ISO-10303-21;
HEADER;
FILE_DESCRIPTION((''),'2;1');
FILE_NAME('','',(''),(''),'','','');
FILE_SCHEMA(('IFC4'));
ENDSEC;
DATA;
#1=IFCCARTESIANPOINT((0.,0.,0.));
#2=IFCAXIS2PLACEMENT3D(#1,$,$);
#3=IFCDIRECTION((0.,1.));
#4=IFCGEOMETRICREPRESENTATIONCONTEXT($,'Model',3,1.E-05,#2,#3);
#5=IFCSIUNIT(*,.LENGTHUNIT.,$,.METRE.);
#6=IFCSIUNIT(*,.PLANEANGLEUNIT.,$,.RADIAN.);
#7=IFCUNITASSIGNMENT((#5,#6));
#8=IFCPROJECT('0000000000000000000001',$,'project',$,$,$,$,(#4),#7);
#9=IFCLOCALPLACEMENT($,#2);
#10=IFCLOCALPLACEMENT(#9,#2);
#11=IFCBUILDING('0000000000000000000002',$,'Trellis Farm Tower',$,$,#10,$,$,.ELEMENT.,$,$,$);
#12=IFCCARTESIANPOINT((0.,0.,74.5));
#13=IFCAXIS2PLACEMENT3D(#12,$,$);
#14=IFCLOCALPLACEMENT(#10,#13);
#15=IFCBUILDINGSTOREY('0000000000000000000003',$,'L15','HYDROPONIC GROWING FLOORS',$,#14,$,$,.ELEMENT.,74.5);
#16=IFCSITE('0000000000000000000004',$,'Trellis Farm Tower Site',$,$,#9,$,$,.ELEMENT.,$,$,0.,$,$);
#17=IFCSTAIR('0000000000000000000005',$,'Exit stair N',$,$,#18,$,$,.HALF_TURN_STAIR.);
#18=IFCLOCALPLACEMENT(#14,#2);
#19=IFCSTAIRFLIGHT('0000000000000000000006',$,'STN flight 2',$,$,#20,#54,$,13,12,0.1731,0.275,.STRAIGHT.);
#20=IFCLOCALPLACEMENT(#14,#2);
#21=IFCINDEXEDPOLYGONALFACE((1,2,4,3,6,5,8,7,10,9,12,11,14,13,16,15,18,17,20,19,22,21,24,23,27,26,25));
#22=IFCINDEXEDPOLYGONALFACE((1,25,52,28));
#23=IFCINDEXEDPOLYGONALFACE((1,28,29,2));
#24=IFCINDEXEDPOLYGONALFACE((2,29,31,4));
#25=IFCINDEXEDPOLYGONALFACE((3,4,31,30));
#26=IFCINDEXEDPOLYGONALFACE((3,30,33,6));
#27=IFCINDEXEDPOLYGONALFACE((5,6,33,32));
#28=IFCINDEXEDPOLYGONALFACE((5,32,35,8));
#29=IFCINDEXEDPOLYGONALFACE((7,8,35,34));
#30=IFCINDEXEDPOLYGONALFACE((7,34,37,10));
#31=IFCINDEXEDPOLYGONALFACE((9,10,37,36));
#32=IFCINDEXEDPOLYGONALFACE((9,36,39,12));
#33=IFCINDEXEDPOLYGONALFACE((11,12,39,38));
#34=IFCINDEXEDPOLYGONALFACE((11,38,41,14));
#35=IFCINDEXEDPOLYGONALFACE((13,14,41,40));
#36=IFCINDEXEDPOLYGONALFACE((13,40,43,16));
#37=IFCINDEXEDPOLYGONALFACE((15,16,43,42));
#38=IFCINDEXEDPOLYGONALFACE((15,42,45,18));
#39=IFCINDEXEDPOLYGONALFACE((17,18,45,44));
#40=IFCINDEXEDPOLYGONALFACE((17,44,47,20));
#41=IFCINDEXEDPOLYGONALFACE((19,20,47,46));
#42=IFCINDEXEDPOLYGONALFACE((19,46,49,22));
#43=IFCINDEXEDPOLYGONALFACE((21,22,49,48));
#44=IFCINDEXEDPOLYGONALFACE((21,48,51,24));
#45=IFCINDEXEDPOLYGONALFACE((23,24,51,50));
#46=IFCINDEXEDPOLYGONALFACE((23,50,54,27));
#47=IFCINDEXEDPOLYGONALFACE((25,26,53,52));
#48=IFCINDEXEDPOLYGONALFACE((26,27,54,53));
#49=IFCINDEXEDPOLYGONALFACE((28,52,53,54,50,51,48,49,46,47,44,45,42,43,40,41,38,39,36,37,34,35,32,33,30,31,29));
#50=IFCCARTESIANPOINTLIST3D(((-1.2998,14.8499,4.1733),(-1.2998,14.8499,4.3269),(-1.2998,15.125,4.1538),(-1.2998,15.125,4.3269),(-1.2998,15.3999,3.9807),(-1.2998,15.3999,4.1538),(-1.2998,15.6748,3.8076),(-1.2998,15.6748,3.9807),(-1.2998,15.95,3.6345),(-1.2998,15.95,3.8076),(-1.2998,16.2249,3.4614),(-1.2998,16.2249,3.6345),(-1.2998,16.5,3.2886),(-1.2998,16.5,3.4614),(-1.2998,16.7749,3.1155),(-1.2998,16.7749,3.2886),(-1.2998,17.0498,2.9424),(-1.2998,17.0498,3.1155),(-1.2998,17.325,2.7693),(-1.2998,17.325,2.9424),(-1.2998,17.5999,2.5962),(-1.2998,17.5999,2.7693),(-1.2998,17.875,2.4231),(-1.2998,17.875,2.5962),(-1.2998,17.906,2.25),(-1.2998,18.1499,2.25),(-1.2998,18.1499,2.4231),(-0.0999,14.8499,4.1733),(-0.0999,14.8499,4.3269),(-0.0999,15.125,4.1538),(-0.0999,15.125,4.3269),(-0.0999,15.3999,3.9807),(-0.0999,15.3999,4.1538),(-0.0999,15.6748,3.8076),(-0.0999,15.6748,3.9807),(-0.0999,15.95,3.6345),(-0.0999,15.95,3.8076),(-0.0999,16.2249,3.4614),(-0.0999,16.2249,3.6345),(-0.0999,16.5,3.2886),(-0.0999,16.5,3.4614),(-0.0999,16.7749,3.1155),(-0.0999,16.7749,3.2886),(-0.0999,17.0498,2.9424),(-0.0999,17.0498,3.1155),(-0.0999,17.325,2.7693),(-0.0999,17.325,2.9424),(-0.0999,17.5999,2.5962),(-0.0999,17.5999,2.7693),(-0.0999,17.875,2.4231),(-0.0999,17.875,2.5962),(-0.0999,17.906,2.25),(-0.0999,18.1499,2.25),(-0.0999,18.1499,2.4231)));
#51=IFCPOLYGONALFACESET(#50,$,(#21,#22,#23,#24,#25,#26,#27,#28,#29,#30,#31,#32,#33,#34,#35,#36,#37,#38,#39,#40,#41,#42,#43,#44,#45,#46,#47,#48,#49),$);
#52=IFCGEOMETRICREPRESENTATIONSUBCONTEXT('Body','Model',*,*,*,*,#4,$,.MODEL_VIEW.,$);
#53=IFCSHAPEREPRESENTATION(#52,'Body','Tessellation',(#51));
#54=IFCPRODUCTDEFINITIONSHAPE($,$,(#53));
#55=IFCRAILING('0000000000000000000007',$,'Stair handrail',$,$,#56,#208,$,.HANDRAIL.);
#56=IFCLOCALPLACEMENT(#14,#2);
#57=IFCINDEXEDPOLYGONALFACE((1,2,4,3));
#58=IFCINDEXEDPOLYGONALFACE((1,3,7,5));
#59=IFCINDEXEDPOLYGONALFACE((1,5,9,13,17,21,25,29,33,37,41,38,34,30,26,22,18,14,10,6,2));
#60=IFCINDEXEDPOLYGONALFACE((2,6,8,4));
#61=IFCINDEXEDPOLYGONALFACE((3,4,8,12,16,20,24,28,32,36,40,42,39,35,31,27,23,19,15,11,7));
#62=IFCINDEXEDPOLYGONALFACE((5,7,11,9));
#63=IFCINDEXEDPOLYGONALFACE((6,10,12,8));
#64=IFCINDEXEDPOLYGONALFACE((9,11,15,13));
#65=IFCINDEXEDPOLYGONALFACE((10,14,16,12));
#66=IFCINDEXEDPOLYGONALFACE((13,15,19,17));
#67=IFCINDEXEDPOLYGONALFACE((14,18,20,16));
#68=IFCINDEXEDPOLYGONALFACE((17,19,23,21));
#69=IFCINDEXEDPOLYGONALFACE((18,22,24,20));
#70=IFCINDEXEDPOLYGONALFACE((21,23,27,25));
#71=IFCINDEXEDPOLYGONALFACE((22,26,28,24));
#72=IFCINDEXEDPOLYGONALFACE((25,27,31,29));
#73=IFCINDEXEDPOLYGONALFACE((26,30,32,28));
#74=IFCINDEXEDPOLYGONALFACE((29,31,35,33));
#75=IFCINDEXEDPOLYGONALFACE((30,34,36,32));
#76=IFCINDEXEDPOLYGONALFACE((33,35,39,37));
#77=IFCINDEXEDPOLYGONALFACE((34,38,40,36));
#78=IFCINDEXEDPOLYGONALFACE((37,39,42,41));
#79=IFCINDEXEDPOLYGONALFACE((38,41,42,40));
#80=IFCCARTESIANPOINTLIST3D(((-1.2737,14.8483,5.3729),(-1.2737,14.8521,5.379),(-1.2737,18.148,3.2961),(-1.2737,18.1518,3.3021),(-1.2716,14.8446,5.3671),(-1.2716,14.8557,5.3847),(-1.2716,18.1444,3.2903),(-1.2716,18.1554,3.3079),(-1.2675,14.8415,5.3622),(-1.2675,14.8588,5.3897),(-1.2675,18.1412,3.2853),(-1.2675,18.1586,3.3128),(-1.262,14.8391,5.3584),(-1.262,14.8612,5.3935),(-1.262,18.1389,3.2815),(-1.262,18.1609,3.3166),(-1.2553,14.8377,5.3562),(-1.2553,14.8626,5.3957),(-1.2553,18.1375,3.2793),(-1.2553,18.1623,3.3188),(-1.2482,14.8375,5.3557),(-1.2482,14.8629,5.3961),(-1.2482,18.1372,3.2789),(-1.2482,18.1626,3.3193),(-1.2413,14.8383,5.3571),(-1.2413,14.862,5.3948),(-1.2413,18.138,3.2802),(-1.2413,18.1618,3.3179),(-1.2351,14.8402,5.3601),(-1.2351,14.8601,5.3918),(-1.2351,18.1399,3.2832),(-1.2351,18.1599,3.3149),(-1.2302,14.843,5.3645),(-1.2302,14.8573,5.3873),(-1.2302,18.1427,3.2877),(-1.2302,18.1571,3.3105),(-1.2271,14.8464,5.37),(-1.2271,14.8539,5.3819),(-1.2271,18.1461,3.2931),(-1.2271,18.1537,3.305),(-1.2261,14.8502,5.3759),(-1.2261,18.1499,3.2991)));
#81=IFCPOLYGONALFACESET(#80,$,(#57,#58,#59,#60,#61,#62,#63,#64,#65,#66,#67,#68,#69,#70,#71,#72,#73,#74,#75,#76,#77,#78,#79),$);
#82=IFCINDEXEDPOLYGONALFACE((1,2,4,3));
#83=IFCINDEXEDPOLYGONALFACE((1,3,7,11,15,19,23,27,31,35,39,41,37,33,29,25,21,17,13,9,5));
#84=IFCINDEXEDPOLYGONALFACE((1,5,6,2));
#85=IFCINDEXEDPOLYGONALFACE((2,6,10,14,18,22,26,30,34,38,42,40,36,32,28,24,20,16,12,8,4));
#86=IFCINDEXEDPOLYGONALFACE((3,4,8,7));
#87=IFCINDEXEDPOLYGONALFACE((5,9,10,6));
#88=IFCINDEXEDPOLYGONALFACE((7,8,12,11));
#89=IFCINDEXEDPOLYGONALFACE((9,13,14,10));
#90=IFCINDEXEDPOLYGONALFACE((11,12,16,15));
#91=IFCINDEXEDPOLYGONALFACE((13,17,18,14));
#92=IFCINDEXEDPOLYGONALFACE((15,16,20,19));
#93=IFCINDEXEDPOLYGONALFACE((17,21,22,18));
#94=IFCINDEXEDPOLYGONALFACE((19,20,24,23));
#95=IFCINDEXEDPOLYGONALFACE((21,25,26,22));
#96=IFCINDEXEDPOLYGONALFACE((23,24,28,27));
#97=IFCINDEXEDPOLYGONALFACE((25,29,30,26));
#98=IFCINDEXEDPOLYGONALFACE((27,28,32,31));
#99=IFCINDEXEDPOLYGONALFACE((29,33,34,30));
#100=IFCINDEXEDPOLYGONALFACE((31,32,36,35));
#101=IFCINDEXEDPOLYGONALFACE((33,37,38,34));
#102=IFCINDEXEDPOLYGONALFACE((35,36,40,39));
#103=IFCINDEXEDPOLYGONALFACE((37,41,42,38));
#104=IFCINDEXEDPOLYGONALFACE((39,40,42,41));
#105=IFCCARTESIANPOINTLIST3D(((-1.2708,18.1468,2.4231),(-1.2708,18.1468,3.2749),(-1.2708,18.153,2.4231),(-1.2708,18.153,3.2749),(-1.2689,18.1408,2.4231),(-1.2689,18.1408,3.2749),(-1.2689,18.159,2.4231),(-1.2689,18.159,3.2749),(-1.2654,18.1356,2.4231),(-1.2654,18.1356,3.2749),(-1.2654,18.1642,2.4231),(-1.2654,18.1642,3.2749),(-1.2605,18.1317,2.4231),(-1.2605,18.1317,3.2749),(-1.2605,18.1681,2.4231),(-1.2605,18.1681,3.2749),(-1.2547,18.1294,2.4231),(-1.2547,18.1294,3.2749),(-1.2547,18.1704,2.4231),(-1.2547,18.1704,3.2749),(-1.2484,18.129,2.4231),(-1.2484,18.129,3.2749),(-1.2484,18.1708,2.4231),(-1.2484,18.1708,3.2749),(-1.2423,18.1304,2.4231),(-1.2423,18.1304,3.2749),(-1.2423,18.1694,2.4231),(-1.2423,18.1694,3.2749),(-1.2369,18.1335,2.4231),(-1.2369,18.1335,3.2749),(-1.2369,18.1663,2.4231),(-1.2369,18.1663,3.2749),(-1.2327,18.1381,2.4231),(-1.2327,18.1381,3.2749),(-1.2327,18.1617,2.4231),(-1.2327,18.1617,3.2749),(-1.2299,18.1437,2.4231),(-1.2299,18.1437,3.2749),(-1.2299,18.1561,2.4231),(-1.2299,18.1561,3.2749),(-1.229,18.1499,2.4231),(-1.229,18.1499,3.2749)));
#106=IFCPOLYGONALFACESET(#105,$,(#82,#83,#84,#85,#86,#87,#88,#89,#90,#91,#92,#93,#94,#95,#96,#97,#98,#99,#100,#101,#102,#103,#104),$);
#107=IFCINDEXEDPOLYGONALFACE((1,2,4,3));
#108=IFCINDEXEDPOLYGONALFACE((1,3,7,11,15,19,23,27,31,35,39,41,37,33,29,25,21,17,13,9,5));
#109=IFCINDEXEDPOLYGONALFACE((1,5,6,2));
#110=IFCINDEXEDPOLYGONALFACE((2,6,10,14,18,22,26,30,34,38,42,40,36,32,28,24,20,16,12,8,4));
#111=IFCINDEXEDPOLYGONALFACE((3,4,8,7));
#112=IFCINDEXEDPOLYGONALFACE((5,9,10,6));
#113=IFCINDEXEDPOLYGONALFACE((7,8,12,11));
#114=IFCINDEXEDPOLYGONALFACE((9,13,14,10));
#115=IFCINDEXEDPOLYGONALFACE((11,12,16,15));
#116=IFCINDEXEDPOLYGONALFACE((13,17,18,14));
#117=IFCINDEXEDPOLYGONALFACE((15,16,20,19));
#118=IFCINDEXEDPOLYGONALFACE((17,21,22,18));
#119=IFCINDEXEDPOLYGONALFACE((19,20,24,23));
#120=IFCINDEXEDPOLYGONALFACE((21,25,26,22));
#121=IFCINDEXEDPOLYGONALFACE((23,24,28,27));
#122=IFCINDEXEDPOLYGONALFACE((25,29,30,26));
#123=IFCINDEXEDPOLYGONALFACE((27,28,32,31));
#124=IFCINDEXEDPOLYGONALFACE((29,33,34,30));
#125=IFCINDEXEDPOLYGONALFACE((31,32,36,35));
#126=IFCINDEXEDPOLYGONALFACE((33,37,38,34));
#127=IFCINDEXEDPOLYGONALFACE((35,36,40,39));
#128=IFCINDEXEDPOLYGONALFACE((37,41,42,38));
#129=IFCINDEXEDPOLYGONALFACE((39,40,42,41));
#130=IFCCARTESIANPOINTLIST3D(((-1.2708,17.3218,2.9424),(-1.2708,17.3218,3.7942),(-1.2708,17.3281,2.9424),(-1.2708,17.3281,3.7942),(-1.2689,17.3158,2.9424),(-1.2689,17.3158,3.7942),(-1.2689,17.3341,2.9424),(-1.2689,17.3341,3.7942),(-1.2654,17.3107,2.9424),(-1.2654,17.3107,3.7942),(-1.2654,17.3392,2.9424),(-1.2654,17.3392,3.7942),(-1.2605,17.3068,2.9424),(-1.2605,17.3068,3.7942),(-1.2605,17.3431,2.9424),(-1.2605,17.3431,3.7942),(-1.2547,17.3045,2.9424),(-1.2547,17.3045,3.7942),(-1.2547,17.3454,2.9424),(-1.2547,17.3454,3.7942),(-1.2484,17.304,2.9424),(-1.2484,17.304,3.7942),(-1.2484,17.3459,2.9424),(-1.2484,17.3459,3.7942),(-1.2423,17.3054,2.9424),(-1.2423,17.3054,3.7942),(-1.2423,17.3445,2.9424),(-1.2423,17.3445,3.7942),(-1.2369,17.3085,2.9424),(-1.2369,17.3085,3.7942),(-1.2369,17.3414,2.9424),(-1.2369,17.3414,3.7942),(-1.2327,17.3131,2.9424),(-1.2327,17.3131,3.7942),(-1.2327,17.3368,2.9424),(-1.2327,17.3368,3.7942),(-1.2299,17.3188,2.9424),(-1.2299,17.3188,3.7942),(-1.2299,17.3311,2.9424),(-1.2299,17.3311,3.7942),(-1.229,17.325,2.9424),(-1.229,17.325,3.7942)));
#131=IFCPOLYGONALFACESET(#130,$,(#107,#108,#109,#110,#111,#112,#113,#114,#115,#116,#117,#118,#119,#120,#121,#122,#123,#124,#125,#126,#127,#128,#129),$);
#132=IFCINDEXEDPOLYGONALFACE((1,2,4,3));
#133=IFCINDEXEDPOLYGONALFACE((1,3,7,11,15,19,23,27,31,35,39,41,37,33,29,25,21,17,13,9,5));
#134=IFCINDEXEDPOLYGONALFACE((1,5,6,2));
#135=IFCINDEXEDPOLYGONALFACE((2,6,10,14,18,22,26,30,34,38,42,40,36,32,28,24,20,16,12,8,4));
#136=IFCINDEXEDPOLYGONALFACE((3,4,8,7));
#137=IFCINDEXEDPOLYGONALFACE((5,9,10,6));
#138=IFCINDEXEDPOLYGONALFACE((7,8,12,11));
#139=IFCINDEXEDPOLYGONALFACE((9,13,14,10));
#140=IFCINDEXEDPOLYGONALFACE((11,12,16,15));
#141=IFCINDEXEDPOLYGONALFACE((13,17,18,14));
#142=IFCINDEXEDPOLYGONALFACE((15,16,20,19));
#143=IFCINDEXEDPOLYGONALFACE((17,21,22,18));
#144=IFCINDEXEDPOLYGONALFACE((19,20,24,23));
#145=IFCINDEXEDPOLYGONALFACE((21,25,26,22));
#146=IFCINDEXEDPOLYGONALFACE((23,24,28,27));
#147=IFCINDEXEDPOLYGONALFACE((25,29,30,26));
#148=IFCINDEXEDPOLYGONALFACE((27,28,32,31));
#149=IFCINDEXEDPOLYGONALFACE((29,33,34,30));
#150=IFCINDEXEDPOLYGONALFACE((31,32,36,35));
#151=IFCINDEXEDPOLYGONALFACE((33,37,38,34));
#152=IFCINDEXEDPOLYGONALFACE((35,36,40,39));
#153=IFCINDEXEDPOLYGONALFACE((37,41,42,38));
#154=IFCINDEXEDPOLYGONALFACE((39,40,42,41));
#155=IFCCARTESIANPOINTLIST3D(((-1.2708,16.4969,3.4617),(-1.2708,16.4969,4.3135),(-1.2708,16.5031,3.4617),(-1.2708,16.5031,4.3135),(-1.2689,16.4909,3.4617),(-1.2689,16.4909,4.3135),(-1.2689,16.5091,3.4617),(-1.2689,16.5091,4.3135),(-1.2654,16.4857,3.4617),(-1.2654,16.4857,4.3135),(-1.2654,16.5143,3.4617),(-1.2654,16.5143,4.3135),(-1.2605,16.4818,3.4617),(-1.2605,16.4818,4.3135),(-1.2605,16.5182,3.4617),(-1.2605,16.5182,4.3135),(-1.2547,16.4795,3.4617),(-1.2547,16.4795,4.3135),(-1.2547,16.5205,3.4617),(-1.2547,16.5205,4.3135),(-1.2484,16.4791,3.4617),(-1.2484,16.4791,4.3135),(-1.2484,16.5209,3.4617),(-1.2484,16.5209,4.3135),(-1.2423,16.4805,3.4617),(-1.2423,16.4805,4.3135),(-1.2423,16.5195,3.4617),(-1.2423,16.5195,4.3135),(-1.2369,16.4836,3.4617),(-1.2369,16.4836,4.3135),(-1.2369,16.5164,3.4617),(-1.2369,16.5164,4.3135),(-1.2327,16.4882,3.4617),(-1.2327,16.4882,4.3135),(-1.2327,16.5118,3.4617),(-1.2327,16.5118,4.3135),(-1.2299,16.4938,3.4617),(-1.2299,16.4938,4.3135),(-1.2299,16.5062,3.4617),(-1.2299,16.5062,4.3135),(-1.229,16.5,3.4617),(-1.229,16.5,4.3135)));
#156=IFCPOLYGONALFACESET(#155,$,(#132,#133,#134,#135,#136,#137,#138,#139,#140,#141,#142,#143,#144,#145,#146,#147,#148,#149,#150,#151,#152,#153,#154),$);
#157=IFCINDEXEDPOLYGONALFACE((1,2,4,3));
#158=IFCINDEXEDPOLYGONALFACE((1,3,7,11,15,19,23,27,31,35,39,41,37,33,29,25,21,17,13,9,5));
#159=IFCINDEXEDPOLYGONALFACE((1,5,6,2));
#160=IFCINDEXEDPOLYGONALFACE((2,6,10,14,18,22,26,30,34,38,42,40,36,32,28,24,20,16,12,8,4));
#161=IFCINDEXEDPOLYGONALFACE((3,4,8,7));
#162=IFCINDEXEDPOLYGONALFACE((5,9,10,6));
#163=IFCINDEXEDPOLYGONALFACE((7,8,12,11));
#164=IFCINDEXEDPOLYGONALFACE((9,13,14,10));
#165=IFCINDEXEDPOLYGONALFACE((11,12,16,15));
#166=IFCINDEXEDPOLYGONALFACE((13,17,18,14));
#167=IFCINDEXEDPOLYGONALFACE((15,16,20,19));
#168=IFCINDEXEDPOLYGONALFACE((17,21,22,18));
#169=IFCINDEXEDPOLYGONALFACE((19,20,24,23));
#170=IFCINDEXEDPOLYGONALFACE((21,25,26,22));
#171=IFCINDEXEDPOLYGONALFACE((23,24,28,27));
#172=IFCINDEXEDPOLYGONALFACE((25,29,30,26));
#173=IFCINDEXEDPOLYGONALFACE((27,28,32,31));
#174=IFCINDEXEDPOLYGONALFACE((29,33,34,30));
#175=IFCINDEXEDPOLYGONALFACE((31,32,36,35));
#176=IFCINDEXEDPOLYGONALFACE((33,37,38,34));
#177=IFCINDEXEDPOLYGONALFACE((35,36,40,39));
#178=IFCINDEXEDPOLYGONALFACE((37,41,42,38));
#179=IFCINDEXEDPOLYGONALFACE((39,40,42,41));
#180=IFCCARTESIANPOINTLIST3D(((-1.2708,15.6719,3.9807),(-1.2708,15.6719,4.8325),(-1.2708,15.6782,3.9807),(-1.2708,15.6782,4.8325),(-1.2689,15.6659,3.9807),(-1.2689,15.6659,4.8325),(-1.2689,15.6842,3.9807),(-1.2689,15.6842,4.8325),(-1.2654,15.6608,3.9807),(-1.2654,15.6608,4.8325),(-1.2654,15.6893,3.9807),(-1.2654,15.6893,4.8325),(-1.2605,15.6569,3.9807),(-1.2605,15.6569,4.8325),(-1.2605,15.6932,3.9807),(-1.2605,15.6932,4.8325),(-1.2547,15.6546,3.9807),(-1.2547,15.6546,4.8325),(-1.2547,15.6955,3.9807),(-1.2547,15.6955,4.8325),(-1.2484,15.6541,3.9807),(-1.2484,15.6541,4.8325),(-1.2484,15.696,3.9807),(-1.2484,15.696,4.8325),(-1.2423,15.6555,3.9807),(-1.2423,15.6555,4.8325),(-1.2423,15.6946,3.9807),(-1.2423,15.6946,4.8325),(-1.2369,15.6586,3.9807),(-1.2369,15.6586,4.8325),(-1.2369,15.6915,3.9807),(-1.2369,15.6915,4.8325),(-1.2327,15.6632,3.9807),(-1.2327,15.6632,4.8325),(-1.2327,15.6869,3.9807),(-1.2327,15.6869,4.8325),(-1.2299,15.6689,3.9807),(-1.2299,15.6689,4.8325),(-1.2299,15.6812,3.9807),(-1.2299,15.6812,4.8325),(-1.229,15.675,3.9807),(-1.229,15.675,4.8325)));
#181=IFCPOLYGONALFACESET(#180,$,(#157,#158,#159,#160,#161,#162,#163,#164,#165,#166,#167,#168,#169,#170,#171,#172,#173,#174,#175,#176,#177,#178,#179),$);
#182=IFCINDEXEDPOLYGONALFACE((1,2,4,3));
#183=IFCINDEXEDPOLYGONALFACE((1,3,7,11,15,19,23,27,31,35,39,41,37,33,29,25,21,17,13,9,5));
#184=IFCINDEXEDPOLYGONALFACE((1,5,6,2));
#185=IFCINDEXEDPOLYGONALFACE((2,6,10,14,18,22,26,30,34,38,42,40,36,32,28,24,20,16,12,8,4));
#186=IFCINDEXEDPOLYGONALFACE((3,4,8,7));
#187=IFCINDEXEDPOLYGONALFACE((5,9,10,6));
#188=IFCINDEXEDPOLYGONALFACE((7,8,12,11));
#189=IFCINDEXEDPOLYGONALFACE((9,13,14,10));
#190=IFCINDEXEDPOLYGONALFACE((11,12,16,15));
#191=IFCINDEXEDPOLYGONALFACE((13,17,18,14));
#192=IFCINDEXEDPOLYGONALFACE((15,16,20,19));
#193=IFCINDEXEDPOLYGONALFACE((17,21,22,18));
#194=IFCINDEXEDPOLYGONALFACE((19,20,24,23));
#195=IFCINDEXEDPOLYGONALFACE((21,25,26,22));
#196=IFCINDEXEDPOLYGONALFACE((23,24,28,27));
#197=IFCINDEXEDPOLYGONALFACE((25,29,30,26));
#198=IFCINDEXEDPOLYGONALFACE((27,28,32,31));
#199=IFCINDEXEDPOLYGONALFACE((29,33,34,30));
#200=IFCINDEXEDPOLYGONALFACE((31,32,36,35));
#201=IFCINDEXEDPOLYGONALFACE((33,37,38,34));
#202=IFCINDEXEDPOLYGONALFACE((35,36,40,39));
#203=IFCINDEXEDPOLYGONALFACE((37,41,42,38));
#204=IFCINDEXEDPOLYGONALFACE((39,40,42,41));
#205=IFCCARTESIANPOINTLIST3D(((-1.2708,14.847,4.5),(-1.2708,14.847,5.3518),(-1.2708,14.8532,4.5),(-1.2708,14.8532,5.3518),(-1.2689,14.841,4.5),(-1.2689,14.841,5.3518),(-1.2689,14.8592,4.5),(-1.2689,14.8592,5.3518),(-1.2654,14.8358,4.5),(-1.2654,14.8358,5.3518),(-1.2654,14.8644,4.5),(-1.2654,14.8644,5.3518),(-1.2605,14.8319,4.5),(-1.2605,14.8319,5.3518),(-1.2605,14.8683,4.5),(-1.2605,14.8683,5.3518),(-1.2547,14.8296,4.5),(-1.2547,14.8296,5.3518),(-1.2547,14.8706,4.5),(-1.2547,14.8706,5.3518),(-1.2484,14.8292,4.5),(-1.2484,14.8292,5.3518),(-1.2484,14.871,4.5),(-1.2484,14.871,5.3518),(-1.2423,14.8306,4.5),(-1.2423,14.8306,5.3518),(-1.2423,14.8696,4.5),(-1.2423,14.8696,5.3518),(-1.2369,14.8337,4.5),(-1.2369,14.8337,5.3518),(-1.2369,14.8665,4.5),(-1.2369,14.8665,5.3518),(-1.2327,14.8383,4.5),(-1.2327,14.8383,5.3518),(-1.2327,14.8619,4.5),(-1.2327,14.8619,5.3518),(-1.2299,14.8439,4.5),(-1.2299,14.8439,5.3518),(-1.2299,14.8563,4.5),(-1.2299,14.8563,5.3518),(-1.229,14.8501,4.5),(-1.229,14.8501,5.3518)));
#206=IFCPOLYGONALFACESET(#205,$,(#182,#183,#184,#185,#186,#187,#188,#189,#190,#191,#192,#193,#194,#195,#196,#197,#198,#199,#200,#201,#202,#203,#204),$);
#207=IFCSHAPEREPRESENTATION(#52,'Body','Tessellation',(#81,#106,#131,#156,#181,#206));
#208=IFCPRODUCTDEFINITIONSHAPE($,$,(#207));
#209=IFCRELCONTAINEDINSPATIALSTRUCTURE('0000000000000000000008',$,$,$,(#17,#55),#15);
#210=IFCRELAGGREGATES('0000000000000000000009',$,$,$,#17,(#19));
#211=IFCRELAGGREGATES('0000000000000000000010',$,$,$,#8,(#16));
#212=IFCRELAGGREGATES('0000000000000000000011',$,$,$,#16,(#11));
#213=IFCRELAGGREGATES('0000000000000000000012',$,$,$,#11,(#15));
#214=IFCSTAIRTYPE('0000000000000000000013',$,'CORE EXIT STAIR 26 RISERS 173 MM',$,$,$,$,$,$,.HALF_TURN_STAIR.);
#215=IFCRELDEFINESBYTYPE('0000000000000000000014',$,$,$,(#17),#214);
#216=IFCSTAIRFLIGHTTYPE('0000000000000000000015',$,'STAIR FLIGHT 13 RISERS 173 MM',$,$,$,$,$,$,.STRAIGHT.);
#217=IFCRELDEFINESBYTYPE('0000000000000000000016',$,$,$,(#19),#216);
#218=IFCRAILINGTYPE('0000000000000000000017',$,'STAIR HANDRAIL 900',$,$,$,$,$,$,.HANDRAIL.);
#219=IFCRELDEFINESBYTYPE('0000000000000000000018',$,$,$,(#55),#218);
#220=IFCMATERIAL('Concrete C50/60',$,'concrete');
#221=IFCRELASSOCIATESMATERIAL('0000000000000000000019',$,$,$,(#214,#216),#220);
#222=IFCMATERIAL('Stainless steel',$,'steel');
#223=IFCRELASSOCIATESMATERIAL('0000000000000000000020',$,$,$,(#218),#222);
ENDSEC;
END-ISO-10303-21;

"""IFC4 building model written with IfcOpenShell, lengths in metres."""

from ifc_helpers import new_model, si_unit, direction, frame, origin, origin_2d, place, context, subcontext, project, spatial, polyline, circle, outline, extrude, source, transform, mapped, material, type_object, element, aggregate, save


model = new_model("IFC4")

# Units and contexts
model_context = context("Model", 3, precision=1e-05, world=origin(), true_north=direction((0.0, 1.0)))
body_context = subcontext(model_context, "Body", "Model", "MODEL_VIEW")
ifc_project = project(units=[si_unit("LENGTHUNIT", "METRE"), si_unit("PLANEANGLEUNIT", "RADIAN")], contexts=[model_context])

# Site, building, storey
site_placement = place(None, origin())
site = spatial("IfcSite", under=ifc_project, at=site_placement, Name="Trellis Farm Tower Site", CompositionType="ELEMENT", RefElevation=0.0)
building_placement = place(site_placement, origin())
building = spatial("IfcBuilding", under=site, at=building_placement, Name="Trellis Farm Tower", CompositionType="ELEMENT")
storey_placement = place(building_placement, frame((0.0, 0.0, 74.5)))
storey = spatial("IfcBuildingStorey", under=building, at=storey_placement, Name="L15", Description="HYDROPONIC GROWING FLOORS", CompositionType="ELEMENT", Elevation=74.5)

# Shared definitions
placement = place(storey_placement, origin())

# Stair, stair flight
ifc_material_1 = material(Name="Concrete C50/60", Category="concrete")
stair_type = type_object("IfcStairType", Name="CORE EXIT STAIR 26 RISERS 173 MM", PredefinedType="HALF_TURN_STAIR", material=ifc_material_1)
stair = element("IfcStair", 1, at=placement, inside=storey, type_object=stair_type, Name="Exit stair N", PredefinedType="HALF_TURN_STAIR")
stair_flight_type = type_object("IfcStairFlightType", Name="STAIR FLIGHT 13 RISERS 173 MM", PredefinedType="STRAIGHT", material=ifc_material_1)
shared_shape_1 = source(origin(), body_context, "Body", "SweptSolid", [
    extrude(outline(polyline([(0.0, 0.0), (0.0, 0.1731), (0.2749, 0.1731), (0.2749, 0.3462), (0.55, 0.3462), (0.55, 0.5193), (0.825, 0.5193), (0.825, 0.6924), (1.1001, 0.6924), (1.1001, 0.8655), (1.375, 0.8655), (1.375, 1.0386), (1.6499, 1.0386), (1.6499, 1.2114), (1.925, 1.2114), (1.925, 1.3845), (2.2, 1.3845), (2.2, 1.5576), (2.4751, 1.5576), (2.4751, 1.7307), (2.75, 1.7307), (2.75, 1.9038), (3.0249, 1.9038), (3.0249, 2.0769), (3.3, 2.0769), (3.3, 2.25), (3.3, 1.9233), (0.2439, 0.0), (0.0, 0.0)])), frame((0.0, 0.6001, 0.0), z_axis=(0.0, -1.0, 0.0), x_axis=(1.0, 0.0, 0.0)), (0.0, 0.0, 1.0), 1.2),
])
stair_flight_placement = place(storey_placement, frame((-0.7, 18.1499, 2.25), z_axis=(0.0, 0.0, 1.0), x_axis=(0.0, -1.0, 0.0)))
stair_flight = element("IfcStairFlight", 2, at=stair_flight_placement, type_object=stair_flight_type, Name="STN flight 2", NumberOfRisers=13, NumberOfTreads=12, PredefinedType="STRAIGHT", RiserHeight=0.1731, TreadLength=0.275, context=body_context, shape_type="MappedRepresentation", body=[
    mapped(shared_shape_1, transform((0.0, 0.0, 0.0))),
])
aggregate(stair, [stair_flight])

# Railing
ifc_material_2 = material(Name="Stainless steel", Category="steel")
railing_type = type_object("IfcRailingType", Name="STAIR HANDRAIL 900", PredefinedType="HANDRAIL", material=ifc_material_2)
shared_shape_2 = source(origin(), body_context, "Body", "SweptSolid", [
    extrude(circle(Radius=0.0239, at=origin_2d()), frame((0.0, 0.0, 0.876), z_axis=(0.0, -0.84632, 0.532675), x_axis=(1.0, 0.0, 0.0)), (0.0, 0.0, 1.0), 3.8989),
    extrude(circle(Radius=0.021, at=origin_2d()), origin(), (0.0, 0.0, 1.0), 0.8518),
    extrude(circle(Radius=0.021, at=origin_2d()), frame((0.0, -0.825, 0.5193)), (0.0, 0.0, 1.0), 0.8518),
    extrude(circle(Radius=0.021, at=origin_2d()), frame((0.0, -1.6499, 1.0386)), (0.0, 0.0, 1.0), 0.8518),
    extrude(circle(Radius=0.021, at=origin_2d()), frame((0.0, -2.4749, 1.5576)), (0.0, 0.0, 1.0), 0.8518),
    extrude(circle(Radius=0.021, at=origin_2d()), frame((0.0, -3.2998, 2.0769)), (0.0, 0.0, 1.0), 0.8518),
])
railing_placement = place(storey_placement, frame((-1.25, 18.1499, 2.4231)))
element("IfcRailing", 3, at=railing_placement, inside=storey, type_object=railing_type, Name="Stair handrail", PredefinedType="HANDRAIL", context=body_context, shape_type="MappedRepresentation", body=[
    mapped(shared_shape_2, transform((0.0, 0.0, 0.0))),
])

save(model, "model.ifc")
